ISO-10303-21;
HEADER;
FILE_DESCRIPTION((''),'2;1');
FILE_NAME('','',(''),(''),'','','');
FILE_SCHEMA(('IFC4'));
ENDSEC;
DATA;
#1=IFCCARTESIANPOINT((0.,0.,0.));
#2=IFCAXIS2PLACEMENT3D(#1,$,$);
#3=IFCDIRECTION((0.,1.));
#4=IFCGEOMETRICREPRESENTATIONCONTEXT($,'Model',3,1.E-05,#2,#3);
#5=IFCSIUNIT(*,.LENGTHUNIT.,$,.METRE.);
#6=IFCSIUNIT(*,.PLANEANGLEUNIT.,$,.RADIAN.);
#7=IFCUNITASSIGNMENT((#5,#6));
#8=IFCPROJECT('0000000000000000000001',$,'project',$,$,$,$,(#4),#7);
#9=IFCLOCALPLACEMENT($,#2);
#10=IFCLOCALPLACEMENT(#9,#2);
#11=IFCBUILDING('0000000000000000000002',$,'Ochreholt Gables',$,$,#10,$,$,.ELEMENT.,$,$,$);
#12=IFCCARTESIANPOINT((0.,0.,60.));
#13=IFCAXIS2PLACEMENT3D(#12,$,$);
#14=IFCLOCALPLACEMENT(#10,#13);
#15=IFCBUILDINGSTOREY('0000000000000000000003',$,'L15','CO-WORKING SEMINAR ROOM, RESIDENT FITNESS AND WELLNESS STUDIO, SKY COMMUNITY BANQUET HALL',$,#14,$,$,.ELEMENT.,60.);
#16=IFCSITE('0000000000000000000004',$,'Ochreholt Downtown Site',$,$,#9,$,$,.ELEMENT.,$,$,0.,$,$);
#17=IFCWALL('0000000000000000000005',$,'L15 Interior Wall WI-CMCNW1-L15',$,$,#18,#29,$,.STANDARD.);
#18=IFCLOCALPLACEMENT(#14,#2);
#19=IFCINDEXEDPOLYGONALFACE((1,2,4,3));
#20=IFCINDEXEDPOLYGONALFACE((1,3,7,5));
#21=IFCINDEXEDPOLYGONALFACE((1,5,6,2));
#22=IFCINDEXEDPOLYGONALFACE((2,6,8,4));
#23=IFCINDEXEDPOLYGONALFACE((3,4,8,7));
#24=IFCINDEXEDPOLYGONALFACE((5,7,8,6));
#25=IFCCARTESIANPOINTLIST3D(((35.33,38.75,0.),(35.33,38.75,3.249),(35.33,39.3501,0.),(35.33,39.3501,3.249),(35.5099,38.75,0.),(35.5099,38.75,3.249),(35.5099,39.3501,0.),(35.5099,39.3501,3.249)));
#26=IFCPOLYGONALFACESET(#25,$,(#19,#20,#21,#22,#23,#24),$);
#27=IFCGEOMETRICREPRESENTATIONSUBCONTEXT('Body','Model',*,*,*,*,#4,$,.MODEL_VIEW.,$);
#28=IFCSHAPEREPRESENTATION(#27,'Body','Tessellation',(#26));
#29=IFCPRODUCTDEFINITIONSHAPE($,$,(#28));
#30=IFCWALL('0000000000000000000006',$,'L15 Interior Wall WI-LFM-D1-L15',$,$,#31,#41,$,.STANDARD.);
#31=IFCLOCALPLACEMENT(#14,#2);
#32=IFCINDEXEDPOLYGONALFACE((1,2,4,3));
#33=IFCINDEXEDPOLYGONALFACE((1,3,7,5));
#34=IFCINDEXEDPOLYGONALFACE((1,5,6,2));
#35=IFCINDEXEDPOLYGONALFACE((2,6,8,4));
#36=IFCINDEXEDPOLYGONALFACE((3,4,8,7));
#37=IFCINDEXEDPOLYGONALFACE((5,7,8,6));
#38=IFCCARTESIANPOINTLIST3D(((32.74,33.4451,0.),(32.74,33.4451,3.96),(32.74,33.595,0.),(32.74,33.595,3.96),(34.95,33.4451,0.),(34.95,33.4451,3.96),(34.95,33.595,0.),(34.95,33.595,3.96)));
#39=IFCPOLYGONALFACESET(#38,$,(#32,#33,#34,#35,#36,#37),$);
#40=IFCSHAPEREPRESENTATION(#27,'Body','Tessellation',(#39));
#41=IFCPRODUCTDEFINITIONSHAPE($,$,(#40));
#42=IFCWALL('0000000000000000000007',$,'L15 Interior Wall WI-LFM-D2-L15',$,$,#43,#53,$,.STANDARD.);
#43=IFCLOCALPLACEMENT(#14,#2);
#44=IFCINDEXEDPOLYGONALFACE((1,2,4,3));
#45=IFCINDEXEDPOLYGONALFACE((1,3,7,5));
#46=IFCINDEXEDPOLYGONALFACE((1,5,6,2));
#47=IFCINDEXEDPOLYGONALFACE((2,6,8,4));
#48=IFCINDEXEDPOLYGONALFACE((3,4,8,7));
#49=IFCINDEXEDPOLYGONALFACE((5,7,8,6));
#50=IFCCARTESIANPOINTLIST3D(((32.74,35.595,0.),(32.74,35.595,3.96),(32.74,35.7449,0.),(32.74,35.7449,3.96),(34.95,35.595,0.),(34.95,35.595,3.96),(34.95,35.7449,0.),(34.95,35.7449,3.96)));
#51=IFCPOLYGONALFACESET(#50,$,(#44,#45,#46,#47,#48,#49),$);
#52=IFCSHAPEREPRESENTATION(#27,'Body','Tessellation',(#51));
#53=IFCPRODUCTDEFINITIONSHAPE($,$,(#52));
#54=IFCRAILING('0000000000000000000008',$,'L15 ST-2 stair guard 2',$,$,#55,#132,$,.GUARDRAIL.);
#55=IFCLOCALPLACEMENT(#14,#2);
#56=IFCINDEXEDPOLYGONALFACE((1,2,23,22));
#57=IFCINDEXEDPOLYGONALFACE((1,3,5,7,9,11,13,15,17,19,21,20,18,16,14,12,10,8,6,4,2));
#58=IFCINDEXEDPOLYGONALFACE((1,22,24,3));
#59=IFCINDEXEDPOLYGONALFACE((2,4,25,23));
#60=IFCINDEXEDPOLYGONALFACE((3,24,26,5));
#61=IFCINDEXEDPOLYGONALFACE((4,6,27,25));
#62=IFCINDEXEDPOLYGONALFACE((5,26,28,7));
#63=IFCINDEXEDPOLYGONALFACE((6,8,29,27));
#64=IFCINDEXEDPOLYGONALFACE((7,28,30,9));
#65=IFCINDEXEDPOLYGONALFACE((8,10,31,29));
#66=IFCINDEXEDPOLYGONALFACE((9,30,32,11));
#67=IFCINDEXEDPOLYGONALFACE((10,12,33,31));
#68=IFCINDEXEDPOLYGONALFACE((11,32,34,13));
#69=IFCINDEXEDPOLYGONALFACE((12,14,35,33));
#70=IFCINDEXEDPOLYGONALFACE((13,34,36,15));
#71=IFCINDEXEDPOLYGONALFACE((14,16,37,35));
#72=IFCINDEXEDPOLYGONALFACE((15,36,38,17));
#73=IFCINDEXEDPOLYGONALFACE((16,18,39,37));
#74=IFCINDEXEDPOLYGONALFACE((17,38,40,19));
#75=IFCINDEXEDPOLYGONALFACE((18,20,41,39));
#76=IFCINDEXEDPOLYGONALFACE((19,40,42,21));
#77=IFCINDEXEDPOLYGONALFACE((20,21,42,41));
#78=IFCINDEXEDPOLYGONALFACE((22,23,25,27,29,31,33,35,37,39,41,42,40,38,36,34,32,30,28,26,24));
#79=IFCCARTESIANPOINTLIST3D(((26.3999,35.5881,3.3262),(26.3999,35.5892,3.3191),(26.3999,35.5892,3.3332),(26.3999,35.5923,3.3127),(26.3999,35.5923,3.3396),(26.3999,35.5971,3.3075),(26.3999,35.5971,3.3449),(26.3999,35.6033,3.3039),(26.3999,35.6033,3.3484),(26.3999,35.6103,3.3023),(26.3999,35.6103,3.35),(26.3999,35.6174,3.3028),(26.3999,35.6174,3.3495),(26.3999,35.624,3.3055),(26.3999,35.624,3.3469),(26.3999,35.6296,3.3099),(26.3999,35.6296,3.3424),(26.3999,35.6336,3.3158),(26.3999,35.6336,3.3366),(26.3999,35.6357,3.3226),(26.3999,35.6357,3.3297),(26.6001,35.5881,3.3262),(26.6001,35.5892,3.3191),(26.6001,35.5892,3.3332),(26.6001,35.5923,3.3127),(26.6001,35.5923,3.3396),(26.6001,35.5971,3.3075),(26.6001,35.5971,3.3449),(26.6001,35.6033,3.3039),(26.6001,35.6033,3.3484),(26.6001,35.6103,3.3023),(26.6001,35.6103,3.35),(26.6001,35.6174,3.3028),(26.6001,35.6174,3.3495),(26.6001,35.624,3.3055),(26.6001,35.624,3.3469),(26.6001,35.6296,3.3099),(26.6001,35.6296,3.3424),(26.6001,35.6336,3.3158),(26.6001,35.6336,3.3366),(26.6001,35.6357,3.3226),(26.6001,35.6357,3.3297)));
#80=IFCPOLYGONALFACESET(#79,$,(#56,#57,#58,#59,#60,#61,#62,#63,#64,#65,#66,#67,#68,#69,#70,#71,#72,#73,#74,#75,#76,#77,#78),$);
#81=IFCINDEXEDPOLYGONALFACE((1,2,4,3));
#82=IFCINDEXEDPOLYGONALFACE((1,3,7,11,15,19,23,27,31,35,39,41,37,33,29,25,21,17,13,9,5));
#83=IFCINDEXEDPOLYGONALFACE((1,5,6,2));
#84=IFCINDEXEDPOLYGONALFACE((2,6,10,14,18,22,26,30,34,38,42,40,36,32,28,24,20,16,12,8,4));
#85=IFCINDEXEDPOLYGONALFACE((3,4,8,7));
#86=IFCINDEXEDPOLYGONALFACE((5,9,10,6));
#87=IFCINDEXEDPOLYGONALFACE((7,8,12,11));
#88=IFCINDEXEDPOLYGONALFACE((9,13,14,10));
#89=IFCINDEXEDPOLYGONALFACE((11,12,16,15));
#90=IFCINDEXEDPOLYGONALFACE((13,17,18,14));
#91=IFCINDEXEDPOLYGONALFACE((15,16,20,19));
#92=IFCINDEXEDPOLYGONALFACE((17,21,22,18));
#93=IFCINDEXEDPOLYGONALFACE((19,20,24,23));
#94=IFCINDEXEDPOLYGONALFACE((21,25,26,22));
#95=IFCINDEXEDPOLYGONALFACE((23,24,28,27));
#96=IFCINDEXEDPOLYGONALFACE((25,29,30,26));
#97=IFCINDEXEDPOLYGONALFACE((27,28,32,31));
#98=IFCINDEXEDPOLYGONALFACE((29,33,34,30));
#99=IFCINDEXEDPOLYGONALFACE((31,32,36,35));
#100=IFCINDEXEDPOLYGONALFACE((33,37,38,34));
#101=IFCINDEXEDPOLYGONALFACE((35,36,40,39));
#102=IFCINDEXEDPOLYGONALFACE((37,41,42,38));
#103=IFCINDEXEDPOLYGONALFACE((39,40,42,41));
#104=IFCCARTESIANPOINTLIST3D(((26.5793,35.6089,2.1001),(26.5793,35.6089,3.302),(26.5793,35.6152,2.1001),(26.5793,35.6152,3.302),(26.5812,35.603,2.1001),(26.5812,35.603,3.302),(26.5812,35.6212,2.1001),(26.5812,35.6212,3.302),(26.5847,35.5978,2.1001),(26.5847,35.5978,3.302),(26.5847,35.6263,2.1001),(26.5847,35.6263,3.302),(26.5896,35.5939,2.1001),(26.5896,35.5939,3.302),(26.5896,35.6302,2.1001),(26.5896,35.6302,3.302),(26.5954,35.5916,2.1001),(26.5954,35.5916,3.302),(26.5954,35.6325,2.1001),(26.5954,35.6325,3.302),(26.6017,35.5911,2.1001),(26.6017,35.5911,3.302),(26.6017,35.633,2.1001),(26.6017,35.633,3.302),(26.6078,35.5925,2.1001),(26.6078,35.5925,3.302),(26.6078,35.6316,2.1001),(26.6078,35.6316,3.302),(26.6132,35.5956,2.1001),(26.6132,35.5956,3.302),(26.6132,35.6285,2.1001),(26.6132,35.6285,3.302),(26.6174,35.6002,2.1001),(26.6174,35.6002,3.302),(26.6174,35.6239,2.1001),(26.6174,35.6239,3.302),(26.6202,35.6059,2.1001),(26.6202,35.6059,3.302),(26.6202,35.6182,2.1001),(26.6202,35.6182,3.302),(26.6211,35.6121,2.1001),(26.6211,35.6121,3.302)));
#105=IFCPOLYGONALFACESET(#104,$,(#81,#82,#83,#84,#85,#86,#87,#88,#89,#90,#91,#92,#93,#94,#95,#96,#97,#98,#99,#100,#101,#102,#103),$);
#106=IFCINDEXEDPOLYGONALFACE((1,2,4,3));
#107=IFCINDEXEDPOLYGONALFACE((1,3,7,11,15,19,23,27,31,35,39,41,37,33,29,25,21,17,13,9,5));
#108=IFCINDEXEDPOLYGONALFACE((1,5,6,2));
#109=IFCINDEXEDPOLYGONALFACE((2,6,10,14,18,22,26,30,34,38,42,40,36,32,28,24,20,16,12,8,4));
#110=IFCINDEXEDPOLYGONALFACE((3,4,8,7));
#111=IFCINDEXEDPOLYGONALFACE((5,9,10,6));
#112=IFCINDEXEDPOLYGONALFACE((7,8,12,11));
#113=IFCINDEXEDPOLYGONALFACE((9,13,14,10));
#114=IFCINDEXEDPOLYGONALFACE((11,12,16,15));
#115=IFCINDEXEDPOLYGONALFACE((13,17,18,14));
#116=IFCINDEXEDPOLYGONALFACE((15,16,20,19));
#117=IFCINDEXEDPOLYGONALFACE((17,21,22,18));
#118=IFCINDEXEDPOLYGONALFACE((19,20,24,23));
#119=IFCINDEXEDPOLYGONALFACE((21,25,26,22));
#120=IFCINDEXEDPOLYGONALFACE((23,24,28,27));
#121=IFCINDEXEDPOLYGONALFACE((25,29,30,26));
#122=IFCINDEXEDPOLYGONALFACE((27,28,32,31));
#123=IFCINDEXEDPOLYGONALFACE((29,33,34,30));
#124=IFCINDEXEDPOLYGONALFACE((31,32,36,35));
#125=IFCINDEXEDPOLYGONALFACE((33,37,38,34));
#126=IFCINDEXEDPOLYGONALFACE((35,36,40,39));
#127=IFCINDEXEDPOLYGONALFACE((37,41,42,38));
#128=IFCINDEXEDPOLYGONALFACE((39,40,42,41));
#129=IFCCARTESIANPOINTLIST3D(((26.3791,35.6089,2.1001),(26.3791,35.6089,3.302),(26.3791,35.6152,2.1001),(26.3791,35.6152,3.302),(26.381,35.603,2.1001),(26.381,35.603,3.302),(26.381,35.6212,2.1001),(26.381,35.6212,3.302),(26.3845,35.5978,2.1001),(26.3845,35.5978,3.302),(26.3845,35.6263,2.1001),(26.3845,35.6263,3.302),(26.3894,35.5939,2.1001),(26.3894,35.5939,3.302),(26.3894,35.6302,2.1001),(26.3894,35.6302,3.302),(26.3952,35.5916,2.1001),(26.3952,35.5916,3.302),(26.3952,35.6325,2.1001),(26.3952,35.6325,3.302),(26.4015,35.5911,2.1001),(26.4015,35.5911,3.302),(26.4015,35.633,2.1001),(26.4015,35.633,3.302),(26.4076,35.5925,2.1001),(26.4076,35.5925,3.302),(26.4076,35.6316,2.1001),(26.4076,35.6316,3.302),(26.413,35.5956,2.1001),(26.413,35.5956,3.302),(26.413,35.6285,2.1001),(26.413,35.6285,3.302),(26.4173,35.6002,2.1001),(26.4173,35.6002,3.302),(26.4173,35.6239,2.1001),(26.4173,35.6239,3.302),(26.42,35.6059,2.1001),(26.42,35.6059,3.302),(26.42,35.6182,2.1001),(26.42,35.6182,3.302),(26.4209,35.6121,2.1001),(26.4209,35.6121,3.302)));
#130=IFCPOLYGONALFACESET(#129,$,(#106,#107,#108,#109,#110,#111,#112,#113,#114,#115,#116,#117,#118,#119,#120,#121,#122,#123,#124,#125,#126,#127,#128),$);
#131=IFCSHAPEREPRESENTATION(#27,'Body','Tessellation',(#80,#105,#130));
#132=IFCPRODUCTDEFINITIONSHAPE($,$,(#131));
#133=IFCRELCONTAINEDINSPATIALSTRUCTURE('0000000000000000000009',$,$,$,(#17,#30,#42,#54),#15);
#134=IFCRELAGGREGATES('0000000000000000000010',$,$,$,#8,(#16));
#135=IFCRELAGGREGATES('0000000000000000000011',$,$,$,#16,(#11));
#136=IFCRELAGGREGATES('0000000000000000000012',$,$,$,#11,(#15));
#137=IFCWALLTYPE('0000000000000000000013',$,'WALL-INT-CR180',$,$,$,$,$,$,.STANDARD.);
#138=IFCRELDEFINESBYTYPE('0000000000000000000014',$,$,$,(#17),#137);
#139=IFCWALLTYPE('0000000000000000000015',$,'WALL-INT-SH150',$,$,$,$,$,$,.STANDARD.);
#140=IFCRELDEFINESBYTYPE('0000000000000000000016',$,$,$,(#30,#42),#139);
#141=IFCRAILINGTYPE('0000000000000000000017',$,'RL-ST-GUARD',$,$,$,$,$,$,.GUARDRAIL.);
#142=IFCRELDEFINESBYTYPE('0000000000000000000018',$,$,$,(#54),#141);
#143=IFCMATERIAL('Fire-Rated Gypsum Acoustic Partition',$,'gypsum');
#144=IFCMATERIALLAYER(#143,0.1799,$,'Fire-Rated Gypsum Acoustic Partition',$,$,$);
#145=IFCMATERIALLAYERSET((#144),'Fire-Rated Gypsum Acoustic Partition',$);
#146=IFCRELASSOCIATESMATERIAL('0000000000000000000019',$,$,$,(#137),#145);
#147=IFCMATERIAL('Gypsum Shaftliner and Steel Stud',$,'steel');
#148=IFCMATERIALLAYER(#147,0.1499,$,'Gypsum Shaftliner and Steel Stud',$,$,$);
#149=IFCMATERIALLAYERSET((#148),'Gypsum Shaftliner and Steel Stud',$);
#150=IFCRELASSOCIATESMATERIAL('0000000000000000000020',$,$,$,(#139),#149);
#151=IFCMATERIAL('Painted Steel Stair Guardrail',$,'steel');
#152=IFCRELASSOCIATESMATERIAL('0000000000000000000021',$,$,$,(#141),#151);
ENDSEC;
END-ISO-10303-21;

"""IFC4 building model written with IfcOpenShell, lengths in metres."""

from ifc_helpers import new_model, si_unit, direction, frame, frame_2d, origin, origin_2d, place, context, subcontext, project, spatial, rectangle, circle, extrude, material, layer, layer_set, type_object, element, save


model = new_model("IFC4")

# Units and contexts
model_context = context("Model", 3, precision=1e-05, world=origin(), true_north=direction((0.0, 1.0)))
body_context = subcontext(model_context, "Body", "Model", "MODEL_VIEW")
ifc_project = project(units=[si_unit("LENGTHUNIT", "METRE"), si_unit("PLANEANGLEUNIT", "RADIAN")], contexts=[model_context])

# Site, building, storey
site_placement = place(None, origin())
site = spatial("IfcSite", under=ifc_project, at=site_placement, Name="Ochreholt Downtown Site", CompositionType="ELEMENT", RefElevation=0.0)
building_placement = place(site_placement, origin())
building = spatial("IfcBuilding", under=site, at=building_placement, Name="Ochreholt Gables", CompositionType="ELEMENT")
storey_placement = place(building_placement, frame((0.0, 0.0, 60.0)))
storey = spatial("IfcBuildingStorey", under=building, at=storey_placement, Name="L15", Description="CO-WORKING SEMINAR ROOM, RESIDENT FITNESS AND WELLNESS STUDIO, SKY COMMUNITY BANQUET HALL", CompositionType="ELEMENT", Elevation=60.0)

# Walls
ifc_material_1 = material(Name="Fire-Rated Gypsum Acoustic Partition", Category="gypsum")
ifc_layer_1 = layer(ifc_material_1, 0.1799, Name="Fire-Rated Gypsum Acoustic Partition")
ifc_layer_set_1 = layer_set([ifc_layer_1], Name="Fire-Rated Gypsum Acoustic Partition")
wall_type_1 = type_object("IfcWallType", Name="WALL-INT-CR180", PredefinedType="STANDARD", material=ifc_layer_set_1)
wall_placement = place(storey_placement, frame((35.4199, 38.75, 0.0), z_axis=(0.0, 0.0, 1.0), x_axis=(0.0, 1.0, 0.0)))
element("IfcWall", 1, at=wall_placement, inside=storey, type_object=wall_type_1, Name="L15 Interior Wall WI-CMCNW1-L15", PredefinedType="STANDARD", context=body_context, shape_type="SweptSolid", body=[
    extrude(rectangle(XDim=0.6001, YDim=0.1799, at=frame_2d((0.3, 0.0))), origin(), (0.0, 0.0, 1.0), 3.249),
])
ifc_material_2 = material(Name="Gypsum Shaftliner and Steel Stud", Category="steel")
ifc_layer_2 = layer(ifc_material_2, 0.1499, Name="Gypsum Shaftliner and Steel Stud")
ifc_layer_set_2 = layer_set([ifc_layer_2], Name="Gypsum Shaftliner and Steel Stud")
wall_type_2 = type_object("IfcWallType", Name="WALL-INT-SH150", PredefinedType="STANDARD", material=ifc_layer_set_2)
for number, where, z_axis, x_axis, name in (
    (2, (32.74, 33.52, 0.0), (0.0, 0.0, 1.0), (1.0, 0.0, 0.0), "L15 Interior Wall WI-LFM-D1-L15"),
    (3, (32.74, 35.6699, 0.0), (0.0, 0.0, 1.0), (1.0, 0.0, 0.0), "L15 Interior Wall WI-LFM-D2-L15"),
):
    element("IfcWall", number, at=place(storey_placement, frame(where, z_axis=z_axis, x_axis=x_axis)), inside=storey, type_object=wall_type_2, Name=name, PredefinedType="STANDARD", context=body_context, shape_type="SweptSolid", body=[
        extrude(rectangle(XDim=2.21, YDim=0.1499, at=frame_2d((1.105, 0.0))), origin(), (0.0, 0.0, 1.0), 3.96),
    ])

# Railing
ifc_material_3 = material(Name="Painted Steel Stair Guardrail", Category="steel")
railing_type = type_object("IfcRailingType", Name="RL-ST-GUARD", PredefinedType="GUARDRAIL", material=ifc_material_3)
railing_placement = place(storey_placement, frame((26.6001, 35.6121, 2.1001)))
element("IfcRailing", 4, at=railing_placement, inside=storey, type_object=railing_type, Name="L15 ST-2 stair guard 2", PredefinedType="GUARDRAIL", context=body_context, shape_type="SweptSolid", body=[
    extrude(circle(Radius=0.0239, at=origin_2d()), frame((0.0, 0.0, 1.2261), z_axis=(-1.0, 0.0, 0.0), x_axis=(0.0, -1.0, 0.0)), (0.0, 0.0, 1.0), 0.2002),
    extrude(circle(Radius=0.021, at=origin_2d()), origin(), (0.0, 0.0, 1.0), 1.2019),
    extrude(circle(Radius=0.021, at=origin_2d()), frame((-0.2002, 0.0, 0.0)), (0.0, 0.0, 1.0), 1.2019),
])

save(model, "model.ifc")
